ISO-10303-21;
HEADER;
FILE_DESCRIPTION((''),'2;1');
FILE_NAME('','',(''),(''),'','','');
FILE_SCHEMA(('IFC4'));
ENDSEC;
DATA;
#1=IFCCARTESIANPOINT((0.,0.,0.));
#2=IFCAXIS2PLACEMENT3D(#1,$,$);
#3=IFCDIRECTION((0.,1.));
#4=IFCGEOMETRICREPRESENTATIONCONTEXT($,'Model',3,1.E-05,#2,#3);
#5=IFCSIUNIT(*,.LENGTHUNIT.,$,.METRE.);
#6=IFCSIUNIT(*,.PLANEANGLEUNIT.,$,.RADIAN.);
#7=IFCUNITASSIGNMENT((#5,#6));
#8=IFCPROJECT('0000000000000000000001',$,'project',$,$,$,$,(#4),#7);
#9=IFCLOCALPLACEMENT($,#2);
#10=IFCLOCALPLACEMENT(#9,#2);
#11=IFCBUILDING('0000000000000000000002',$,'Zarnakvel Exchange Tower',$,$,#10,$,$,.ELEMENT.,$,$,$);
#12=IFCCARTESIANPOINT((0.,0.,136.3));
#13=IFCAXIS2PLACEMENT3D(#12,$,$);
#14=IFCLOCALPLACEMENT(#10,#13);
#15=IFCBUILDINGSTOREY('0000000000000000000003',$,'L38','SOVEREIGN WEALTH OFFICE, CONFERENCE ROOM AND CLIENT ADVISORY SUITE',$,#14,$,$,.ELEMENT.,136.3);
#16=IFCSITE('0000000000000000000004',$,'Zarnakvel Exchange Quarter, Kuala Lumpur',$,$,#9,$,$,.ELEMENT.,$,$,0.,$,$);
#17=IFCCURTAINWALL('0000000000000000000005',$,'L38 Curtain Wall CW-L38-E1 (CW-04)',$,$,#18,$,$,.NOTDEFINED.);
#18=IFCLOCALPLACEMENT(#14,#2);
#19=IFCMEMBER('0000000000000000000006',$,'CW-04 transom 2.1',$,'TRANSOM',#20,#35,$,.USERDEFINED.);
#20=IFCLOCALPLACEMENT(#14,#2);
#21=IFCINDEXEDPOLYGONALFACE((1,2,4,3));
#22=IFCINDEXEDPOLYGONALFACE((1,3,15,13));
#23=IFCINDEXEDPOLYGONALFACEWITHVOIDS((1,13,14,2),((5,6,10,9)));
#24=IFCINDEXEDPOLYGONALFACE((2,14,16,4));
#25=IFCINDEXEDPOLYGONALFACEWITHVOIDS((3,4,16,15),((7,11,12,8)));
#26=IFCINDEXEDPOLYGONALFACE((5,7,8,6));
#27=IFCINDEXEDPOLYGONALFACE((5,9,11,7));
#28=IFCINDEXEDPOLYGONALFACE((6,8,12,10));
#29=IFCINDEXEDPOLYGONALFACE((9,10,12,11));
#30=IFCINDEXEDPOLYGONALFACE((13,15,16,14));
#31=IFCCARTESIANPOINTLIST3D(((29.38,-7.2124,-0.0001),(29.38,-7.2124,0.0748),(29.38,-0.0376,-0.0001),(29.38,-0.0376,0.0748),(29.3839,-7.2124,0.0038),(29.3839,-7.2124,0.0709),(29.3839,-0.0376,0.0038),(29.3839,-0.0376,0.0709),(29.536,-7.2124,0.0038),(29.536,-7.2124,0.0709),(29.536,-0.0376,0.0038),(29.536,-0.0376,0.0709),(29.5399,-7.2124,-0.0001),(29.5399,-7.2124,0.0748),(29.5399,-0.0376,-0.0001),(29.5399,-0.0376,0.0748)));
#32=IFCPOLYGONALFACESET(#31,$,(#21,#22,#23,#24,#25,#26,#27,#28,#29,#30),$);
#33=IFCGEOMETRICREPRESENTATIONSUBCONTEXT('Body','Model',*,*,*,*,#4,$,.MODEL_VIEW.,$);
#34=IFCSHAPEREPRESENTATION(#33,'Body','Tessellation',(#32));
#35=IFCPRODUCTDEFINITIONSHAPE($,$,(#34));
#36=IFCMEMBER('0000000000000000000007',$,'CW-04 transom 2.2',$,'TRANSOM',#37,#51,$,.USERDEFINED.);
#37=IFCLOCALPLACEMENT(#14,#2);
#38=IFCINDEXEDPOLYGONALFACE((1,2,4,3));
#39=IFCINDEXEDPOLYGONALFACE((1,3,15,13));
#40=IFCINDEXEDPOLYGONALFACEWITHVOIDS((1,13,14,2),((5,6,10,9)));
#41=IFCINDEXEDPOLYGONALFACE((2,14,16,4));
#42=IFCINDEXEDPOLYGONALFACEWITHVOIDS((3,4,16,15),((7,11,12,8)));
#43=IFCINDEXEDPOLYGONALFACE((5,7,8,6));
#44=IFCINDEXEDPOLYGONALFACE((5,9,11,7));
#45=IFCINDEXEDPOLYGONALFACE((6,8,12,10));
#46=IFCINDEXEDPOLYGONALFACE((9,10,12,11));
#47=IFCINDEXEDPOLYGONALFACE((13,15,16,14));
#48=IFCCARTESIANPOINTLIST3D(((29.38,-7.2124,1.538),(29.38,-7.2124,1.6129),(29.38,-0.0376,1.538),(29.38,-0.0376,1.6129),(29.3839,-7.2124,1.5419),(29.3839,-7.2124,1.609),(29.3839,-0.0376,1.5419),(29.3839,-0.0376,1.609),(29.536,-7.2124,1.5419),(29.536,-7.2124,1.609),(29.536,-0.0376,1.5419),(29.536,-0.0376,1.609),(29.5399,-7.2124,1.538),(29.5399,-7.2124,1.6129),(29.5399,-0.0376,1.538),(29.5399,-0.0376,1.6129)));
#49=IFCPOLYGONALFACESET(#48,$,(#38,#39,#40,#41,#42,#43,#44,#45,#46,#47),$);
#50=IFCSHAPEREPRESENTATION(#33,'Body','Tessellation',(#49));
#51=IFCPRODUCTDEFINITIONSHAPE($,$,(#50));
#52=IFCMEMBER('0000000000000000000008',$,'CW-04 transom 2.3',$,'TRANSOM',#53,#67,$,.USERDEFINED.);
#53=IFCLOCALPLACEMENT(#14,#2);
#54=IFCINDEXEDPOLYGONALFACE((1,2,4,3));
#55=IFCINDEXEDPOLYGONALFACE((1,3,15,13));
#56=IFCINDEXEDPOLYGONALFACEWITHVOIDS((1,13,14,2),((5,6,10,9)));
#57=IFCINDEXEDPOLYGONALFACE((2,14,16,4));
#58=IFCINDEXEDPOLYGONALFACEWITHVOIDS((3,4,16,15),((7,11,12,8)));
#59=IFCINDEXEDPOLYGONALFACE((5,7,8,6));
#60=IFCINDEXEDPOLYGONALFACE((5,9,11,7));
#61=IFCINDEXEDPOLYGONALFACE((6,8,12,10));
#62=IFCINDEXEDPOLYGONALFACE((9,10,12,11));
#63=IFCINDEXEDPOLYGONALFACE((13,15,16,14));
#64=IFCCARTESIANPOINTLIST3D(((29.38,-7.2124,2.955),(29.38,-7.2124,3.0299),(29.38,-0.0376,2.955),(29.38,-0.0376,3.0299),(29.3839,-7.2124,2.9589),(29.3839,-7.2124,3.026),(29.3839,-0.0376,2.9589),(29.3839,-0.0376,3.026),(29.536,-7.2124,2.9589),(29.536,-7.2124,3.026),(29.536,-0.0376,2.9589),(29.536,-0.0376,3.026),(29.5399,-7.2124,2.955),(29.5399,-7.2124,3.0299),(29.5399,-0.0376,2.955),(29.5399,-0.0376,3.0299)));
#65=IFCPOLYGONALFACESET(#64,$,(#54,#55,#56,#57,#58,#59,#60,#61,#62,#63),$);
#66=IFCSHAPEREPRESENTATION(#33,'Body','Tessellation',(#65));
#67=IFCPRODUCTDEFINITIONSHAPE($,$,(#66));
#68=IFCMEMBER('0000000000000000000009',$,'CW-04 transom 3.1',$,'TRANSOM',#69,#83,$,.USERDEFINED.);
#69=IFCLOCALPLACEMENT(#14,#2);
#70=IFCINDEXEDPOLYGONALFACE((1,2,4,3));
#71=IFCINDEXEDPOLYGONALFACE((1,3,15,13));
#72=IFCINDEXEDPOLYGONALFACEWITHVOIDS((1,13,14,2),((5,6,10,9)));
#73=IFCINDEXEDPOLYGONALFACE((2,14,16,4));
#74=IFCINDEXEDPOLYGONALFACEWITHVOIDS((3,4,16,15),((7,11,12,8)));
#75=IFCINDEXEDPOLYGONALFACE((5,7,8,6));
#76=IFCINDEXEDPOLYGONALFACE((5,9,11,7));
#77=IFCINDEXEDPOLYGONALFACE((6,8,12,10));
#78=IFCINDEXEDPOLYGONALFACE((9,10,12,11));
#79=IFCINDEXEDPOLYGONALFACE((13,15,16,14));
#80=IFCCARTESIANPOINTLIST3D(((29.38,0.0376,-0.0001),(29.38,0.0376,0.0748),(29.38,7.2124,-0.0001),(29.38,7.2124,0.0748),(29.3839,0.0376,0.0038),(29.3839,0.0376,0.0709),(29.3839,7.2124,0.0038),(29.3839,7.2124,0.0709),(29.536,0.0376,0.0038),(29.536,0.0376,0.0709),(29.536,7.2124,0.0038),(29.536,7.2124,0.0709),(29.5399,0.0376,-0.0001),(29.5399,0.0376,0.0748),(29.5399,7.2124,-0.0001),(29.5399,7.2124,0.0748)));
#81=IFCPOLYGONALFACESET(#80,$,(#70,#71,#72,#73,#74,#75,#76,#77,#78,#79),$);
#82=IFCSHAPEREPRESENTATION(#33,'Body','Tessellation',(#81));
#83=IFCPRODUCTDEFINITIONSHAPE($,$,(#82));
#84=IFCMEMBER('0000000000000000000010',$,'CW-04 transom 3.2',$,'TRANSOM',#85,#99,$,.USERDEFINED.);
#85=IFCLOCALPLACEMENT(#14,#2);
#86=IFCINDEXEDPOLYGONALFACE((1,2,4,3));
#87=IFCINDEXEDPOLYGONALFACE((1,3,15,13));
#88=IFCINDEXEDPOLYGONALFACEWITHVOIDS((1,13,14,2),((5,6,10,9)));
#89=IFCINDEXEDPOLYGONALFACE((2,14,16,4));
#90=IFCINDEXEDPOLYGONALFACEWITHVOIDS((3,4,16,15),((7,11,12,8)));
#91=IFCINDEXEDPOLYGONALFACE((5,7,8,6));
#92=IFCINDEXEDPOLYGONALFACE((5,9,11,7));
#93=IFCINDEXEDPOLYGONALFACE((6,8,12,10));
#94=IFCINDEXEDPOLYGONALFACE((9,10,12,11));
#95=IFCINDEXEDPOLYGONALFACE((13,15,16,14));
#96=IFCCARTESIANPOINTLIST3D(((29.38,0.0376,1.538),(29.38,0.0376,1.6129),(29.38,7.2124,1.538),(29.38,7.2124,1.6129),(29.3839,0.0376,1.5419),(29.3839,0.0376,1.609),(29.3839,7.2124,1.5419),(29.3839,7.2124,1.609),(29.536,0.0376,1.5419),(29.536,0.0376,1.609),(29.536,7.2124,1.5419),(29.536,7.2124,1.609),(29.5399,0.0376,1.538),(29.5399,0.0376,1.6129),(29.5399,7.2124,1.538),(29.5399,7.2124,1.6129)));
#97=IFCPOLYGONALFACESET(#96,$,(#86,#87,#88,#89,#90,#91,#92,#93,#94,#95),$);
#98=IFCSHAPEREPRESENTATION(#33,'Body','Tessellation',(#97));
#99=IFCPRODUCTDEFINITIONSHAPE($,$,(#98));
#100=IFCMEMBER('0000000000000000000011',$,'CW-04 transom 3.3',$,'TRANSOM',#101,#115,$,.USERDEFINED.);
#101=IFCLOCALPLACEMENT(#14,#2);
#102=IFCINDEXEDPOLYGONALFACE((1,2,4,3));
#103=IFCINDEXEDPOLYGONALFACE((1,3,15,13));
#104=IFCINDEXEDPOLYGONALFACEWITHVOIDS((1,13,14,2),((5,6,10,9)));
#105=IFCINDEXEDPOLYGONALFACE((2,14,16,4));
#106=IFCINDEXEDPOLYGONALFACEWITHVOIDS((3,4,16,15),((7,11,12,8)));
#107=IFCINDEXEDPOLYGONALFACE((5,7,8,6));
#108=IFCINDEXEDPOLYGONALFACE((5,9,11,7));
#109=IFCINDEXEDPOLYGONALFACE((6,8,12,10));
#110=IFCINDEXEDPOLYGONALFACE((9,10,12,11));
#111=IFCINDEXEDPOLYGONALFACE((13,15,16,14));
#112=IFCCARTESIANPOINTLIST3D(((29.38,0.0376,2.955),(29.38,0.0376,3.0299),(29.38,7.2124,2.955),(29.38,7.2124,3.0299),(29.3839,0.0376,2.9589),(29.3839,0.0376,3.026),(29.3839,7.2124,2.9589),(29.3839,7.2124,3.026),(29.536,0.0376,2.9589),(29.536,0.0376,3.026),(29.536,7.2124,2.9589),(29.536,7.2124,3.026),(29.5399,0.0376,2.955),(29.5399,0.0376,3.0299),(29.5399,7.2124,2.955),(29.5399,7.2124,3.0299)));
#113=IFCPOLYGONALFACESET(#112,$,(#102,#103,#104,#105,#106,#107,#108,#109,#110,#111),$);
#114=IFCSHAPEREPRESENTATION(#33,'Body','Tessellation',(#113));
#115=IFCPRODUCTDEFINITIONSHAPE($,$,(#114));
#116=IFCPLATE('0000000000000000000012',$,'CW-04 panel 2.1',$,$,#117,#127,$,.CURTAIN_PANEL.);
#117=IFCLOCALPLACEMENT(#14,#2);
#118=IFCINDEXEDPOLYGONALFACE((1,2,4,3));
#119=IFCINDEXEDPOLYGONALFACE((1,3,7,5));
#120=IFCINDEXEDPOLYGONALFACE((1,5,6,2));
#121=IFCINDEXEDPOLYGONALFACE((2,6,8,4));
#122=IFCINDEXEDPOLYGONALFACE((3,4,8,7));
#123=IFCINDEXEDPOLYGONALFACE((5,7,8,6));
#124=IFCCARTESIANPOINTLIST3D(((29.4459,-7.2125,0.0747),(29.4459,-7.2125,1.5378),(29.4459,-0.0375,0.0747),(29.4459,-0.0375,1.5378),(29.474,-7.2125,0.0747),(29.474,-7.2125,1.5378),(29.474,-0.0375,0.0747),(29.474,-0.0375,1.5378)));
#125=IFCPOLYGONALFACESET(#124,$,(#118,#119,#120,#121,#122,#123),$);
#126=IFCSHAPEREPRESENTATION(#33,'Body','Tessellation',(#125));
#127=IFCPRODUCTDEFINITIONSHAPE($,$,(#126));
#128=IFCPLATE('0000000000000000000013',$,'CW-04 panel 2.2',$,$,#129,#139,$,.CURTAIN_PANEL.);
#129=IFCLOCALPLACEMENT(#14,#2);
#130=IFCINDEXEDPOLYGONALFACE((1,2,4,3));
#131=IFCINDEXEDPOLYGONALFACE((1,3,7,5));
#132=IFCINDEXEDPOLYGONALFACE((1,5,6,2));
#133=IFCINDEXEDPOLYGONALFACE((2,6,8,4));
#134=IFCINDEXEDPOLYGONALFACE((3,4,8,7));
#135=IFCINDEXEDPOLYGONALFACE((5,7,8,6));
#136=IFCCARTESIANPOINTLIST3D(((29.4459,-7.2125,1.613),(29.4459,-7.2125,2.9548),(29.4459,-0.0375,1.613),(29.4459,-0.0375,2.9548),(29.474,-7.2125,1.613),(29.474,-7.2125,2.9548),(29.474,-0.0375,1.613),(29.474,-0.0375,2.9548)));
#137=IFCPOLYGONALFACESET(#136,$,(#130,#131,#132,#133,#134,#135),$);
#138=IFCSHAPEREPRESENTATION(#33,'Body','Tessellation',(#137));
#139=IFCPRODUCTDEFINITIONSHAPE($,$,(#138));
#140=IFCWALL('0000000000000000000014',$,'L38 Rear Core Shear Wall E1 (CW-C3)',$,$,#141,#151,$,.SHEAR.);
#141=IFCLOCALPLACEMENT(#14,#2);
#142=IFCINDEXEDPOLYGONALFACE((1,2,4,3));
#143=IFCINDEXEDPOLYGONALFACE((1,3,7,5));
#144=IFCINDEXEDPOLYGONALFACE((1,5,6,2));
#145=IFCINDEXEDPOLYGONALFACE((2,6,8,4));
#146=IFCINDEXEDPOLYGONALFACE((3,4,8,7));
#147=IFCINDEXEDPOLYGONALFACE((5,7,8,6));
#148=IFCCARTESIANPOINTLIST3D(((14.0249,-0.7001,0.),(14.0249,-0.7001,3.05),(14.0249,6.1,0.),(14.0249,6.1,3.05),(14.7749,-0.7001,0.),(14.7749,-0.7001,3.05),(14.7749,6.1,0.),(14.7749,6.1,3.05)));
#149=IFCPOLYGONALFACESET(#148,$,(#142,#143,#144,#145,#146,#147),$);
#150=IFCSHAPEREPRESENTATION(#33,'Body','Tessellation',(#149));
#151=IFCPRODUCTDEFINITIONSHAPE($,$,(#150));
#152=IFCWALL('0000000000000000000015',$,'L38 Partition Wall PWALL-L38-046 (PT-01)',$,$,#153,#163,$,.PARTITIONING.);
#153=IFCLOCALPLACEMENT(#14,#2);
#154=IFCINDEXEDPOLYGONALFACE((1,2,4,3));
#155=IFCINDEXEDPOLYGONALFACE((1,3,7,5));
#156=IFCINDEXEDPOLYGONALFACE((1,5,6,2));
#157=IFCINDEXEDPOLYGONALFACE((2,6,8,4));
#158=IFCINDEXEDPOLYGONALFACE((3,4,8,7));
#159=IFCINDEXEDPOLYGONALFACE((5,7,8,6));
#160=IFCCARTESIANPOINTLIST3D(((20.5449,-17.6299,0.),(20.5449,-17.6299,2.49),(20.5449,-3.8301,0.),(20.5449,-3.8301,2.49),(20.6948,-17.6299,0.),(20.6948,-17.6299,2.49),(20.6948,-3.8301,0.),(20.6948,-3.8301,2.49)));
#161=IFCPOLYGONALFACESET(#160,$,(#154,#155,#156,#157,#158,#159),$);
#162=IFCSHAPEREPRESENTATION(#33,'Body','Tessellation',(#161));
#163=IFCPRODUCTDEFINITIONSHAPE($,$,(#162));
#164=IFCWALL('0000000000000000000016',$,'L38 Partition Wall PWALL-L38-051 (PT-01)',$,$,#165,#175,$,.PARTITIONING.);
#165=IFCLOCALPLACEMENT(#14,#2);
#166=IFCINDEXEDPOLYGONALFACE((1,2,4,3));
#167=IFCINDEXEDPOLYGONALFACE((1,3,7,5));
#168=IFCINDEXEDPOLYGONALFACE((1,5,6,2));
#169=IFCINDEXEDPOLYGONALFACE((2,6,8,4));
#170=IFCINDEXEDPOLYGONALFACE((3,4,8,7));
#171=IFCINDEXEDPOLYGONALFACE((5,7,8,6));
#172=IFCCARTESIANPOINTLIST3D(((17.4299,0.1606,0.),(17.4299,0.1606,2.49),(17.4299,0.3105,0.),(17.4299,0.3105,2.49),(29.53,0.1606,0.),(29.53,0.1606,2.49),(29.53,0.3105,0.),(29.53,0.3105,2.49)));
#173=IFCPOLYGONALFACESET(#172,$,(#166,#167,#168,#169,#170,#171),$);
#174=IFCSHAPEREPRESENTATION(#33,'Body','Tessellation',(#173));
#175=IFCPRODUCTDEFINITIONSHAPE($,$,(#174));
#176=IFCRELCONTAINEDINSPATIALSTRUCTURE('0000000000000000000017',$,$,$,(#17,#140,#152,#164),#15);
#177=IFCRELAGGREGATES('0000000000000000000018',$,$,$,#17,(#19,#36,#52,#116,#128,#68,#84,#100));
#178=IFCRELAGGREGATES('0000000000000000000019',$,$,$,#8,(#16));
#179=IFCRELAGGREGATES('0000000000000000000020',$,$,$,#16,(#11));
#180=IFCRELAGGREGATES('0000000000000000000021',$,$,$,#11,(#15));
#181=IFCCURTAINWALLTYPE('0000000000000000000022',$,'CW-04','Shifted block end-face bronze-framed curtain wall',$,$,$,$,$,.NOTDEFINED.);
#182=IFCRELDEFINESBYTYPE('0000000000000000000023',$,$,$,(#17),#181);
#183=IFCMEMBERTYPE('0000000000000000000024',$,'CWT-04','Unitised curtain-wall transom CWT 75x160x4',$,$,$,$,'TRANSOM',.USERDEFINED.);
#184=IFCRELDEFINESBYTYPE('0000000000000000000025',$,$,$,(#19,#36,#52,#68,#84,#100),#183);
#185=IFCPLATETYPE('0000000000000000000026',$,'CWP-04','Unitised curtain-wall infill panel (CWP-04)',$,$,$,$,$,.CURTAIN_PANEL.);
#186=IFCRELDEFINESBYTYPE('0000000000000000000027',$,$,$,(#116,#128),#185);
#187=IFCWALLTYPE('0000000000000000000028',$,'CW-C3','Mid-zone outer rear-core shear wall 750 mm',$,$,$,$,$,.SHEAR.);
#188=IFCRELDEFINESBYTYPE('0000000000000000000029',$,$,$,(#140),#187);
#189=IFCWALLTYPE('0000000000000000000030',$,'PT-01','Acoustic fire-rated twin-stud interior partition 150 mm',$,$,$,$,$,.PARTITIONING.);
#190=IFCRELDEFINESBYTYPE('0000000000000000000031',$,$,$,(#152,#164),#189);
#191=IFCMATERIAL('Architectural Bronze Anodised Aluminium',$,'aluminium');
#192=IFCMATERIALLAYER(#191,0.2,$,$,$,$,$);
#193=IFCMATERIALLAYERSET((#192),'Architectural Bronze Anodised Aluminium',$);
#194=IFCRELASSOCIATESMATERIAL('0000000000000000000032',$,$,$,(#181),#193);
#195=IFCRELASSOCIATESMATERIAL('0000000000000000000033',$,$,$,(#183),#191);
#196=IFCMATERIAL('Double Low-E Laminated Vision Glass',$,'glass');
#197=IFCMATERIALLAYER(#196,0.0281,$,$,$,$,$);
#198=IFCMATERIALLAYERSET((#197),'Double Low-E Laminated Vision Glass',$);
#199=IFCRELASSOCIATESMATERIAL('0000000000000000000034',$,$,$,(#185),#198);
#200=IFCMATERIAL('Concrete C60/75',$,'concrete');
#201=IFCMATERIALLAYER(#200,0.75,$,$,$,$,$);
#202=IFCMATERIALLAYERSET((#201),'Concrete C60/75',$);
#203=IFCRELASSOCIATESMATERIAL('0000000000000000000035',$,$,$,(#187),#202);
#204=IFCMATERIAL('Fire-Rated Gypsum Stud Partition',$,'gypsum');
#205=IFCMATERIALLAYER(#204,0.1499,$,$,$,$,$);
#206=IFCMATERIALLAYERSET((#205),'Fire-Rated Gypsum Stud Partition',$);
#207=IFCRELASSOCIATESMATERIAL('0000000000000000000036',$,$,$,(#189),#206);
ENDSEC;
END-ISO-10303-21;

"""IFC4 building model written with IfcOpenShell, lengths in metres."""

from ifc_helpers import new_model, si_unit, direction, frame, frame_2d, origin, origin_2d, place, context, subcontext, project, spatial, rectangle, hollow_rectangle, extrude, source, transform, mapped, material, layer, layer_set, material_profile, profile_set, type_object, element, aggregate, save


model = new_model("IFC4")

# Units and contexts
model_context = context("Model", 3, precision=1e-05, world=origin(), true_north=direction((0.0, 1.0)))
body_context = subcontext(model_context, "Body", "Model", "MODEL_VIEW")
ifc_project = project(units=[si_unit("LENGTHUNIT", "METRE"), si_unit("PLANEANGLEUNIT", "RADIAN")], contexts=[model_context])

# Site, building, storey
site_placement = place(None, origin())
site = spatial("IfcSite", under=ifc_project, at=site_placement, Name="Zarnakvel Exchange Quarter, Kuala Lumpur", CompositionType="ELEMENT", RefElevation=0.0)
building_placement = place(site_placement, origin())
building = spatial("IfcBuilding", under=site, at=building_placement, Name="Zarnakvel Exchange Tower", CompositionType="ELEMENT")
storey_placement = place(building_placement, frame((0.0, 0.0, 136.3)))
storey = spatial("IfcBuildingStorey", under=building, at=storey_placement, Name="L38", Description="SOVEREIGN WEALTH OFFICE, CONFERENCE ROOM AND CLIENT ADVISORY SUITE", CompositionType="ELEMENT", Elevation=136.3)

# Shared definitions
ifc_material_1 = material(Name="Concrete C60/75", Category="concrete")

# Curtain wall, members, plates
ifc_material_2 = material(Name="Architectural Bronze Anodised Aluminium", Category="aluminium")
ifc_layer_1 = layer(ifc_material_2, 0.2)
ifc_layer_set_1 = layer_set([ifc_layer_1], Name="Architectural Bronze Anodised Aluminium")
curtain_wall_type = type_object("IfcCurtainWallType", Name="CW-04", Description="Shifted block end-face bronze-framed curtain wall", PredefinedType="NOTDEFINED", material=ifc_layer_set_1)
curtain_wall_placement = place(storey_placement, origin())
curtain_wall = element("IfcCurtainWall", 1, at=curtain_wall_placement, inside=storey, type_object=curtain_wall_type, Name="L38 Curtain Wall CW-L38-E1 (CW-04)", PredefinedType="NOTDEFINED")
ifc_material_profile_1 = material_profile(ifc_material_2, hollow_rectangle(XDim=0.1599, YDim=0.075, WallThickness=0.0039, at=origin_2d()))
ifc_profile_set_1 = profile_set([ifc_material_profile_1], Name="Architectural Bronze Anodised Aluminium")
member_type_1 = type_object("IfcMemberType", Name="CWT-04", Description="Unitised curtain-wall transom CWT 75x160x4", ElementType="TRANSOM", PredefinedType="USERDEFINED", material=ifc_profile_set_1)
shared_shape_1 = source(origin(), body_context, "Body", "SweptSolid", [
    extrude(hollow_rectangle(XDim=0.1599, YDim=0.075, WallThickness=0.0039, at=origin_2d()), origin(), (0.0, 0.0, 1.0), 7.1748),
])
member_1_placement = place(storey_placement, frame((29.46, -7.2124, 0.0374), z_axis=(0.0, 1.0, 0.0), x_axis=(-1.0, 0.0, 0.0)))
member_1 = element("IfcMember", 2, at=member_1_placement, type_object=member_type_1, Name="CW-04 transom 2.1", ObjectType="TRANSOM", PredefinedType="USERDEFINED", context=body_context, shape_type="MappedRepresentation", body=[
    mapped(shared_shape_1, transform((0.0, 0.0, 0.0), x_axis=(1.0, 0.0, 0.0), y_axis=(0.0, 1.0, 0.0), z_axis=(0.0, 0.0, 1.0), scale=1.0)),
])
member_2_placement = place(storey_placement, frame((29.46, -7.2124, 1.5754), z_axis=(0.0, 1.0, 0.0), x_axis=(-1.0, 0.0, 0.0)))
member_2 = element("IfcMember", 3, at=member_2_placement, type_object=member_type_1, Name="CW-04 transom 2.2", ObjectType="TRANSOM", PredefinedType="USERDEFINED", context=body_context, shape_type="MappedRepresentation", body=[
    mapped(shared_shape_1, transform((0.0, 0.0, 0.0), x_axis=(1.0, 0.0, 0.0), y_axis=(0.0, 1.0, 0.0), z_axis=(0.0, 0.0, 1.0), scale=1.0)),
])
member_3_placement = place(storey_placement, frame((29.46, -7.2124, 2.9924), z_axis=(0.0, 1.0, 0.0), x_axis=(-1.0, 0.0, 0.0)))
member_3 = element("IfcMember", 4, at=member_3_placement, type_object=member_type_1, Name="CW-04 transom 2.3", ObjectType="TRANSOM", PredefinedType="USERDEFINED", context=body_context, shape_type="MappedRepresentation", body=[
    mapped(shared_shape_1, transform((0.0, 0.0, 0.0), x_axis=(1.0, 0.0, 0.0), y_axis=(0.0, 1.0, 0.0), z_axis=(0.0, 0.0, 1.0), scale=1.0)),
])
member_4_placement = place(storey_placement, frame((29.46, 0.0376, 0.0374), z_axis=(0.0, 1.0, 0.0), x_axis=(-1.0, 0.0, 0.0)))
member_4 = element("IfcMember", 5, at=member_4_placement, type_object=member_type_1, Name="CW-04 transom 3.1", ObjectType="TRANSOM", PredefinedType="USERDEFINED", context=body_context, shape_type="MappedRepresentation", body=[
    mapped(shared_shape_1, transform((0.0, 0.0, 0.0), x_axis=(1.0, 0.0, 0.0), y_axis=(0.0, 1.0, 0.0), z_axis=(0.0, 0.0, 1.0), scale=1.0)),
])
member_5_placement = place(storey_placement, frame((29.46, 0.0376, 1.5754), z_axis=(0.0, 1.0, 0.0), x_axis=(-1.0, 0.0, 0.0)))
member_5 = element("IfcMember", 6, at=member_5_placement, type_object=member_type_1, Name="CW-04 transom 3.2", ObjectType="TRANSOM", PredefinedType="USERDEFINED", context=body_context, shape_type="MappedRepresentation", body=[
    mapped(shared_shape_1, transform((0.0, 0.0, 0.0), x_axis=(1.0, 0.0, 0.0), y_axis=(0.0, 1.0, 0.0), z_axis=(0.0, 0.0, 1.0), scale=1.0)),
])
member_6_placement = place(storey_placement, frame((29.46, 0.0376, 2.9924), z_axis=(0.0, 1.0, 0.0), x_axis=(-1.0, 0.0, 0.0)))
member_6 = element("IfcMember", 7, at=member_6_placement, type_object=member_type_1, Name="CW-04 transom 3.3", ObjectType="TRANSOM", PredefinedType="USERDEFINED", context=body_context, shape_type="MappedRepresentation", body=[
    mapped(shared_shape_1, transform((0.0, 0.0, 0.0), x_axis=(1.0, 0.0, 0.0), y_axis=(0.0, 1.0, 0.0), z_axis=(0.0, 0.0, 1.0), scale=1.0)),
])
ifc_material_3 = material(Name="Double Low-E Laminated Vision Glass", Category="glass")
ifc_layer_2 = layer(ifc_material_3, 0.0281)
ifc_layer_set_2 = layer_set([ifc_layer_2], Name="Double Low-E Laminated Vision Glass")
plate_type = type_object("IfcPlateType", Name="CWP-04", Description="Unitised curtain-wall infill panel (CWP-04)", PredefinedType="CURTAIN_PANEL", material=ifc_layer_set_2)
shared_shape_2 = source(origin(), body_context, "Body", "SweptSolid", [
    extrude(rectangle(XDim=7.175, YDim=0.0281, at=origin_2d()), origin(), (0.0, 0.0, 1.0), 1.4631),
])
plate_1_placement = place(storey_placement, frame((29.46, -3.625, 0.0747), z_axis=(0.0, 0.0, 1.0), x_axis=(0.0, 1.0, 0.0)))
plate_1 = element("IfcPlate", 8, at=plate_1_placement, type_object=plate_type, Name="CW-04 panel 2.1", PredefinedType="CURTAIN_PANEL", context=body_context, shape_type="MappedRepresentation", body=[
    mapped(shared_shape_2, transform((0.0, 0.0, 0.0), x_axis=(1.0, 0.0, 0.0), y_axis=(0.0, 1.0, 0.0), z_axis=(0.0, 0.0, 1.0), scale=1.0)),
])
shared_shape_3 = source(origin(), body_context, "Body", "SweptSolid", [
    extrude(rectangle(XDim=7.175, YDim=0.0281, at=origin_2d()), origin(), (0.0, 0.0, 1.0), 1.3418),
])
plate_2_placement = place(storey_placement, frame((29.46, -3.625, 1.613), z_axis=(0.0, 0.0, 1.0), x_axis=(0.0, 1.0, 0.0)))
plate_2 = element("IfcPlate", 9, at=plate_2_placement, type_object=plate_type, Name="CW-04 panel 2.2", PredefinedType="CURTAIN_PANEL", context=body_context, shape_type="MappedRepresentation", body=[
    mapped(shared_shape_3, transform((0.0, 0.0, 0.0), x_axis=(1.0, 0.0, 0.0), y_axis=(0.0, 1.0, 0.0), z_axis=(0.0, 0.0, 1.0), scale=1.0)),
])
aggregate(curtain_wall, [member_1, member_2, member_3, plate_1, plate_2, member_4, member_5, member_6])

# Walls
ifc_layer_3 = layer(ifc_material_1, 0.75)
ifc_layer_set_3 = layer_set([ifc_layer_3], Name="Concrete C60/75")
wall_type_1 = type_object("IfcWallType", Name="CW-C3", Description="Mid-zone outer rear-core shear wall 750 mm", PredefinedType="SHEAR", material=ifc_layer_set_3)
wall_1_placement = place(storey_placement, frame((14.3999, -0.7, 0.0), z_axis=(0.0, 0.0, 1.0), x_axis=(0.0, 1.0, 0.0)))
element("IfcWall", 10, at=wall_1_placement, inside=storey, type_object=wall_type_1, Name="L38 Rear Core Shear Wall E1 (CW-C3)", PredefinedType="SHEAR", context=body_context, shape_type="SweptSolid", body=[
    extrude(rectangle(XDim=6.8, YDim=0.75, at=frame_2d((3.3999, 0.0))), origin(), (0.0, 0.0, 1.0), 3.05),
])
ifc_material_4 = material(Name="Fire-Rated Gypsum Stud Partition", Category="gypsum")
ifc_layer_4 = layer(ifc_material_4, 0.1499)
ifc_layer_set_4 = layer_set([ifc_layer_4], Name="Fire-Rated Gypsum Stud Partition")
wall_type_2 = type_object("IfcWallType", Name="PT-01", Description="Acoustic fire-rated twin-stud interior partition 150 mm", PredefinedType="PARTITIONING", material=ifc_layer_set_4)
wall_2_placement = place(storey_placement, frame((20.6199, -3.8301, 0.0), z_axis=(0.0, 0.0, 1.0), x_axis=(0.0, -1.0, 0.0)))
element("IfcWall", 11, at=wall_2_placement, inside=storey, type_object=wall_type_2, Name="L38 Partition Wall PWALL-L38-046 (PT-01)", PredefinedType="PARTITIONING", context=body_context, shape_type="SweptSolid", body=[
    extrude(rectangle(XDim=13.7998, YDim=0.1499, at=frame_2d((6.8999, 0.0))), origin(), (0.0, 0.0, 1.0), 2.49),
])
wall_3_placement = place(storey_placement, frame((29.53, 0.2356, 0.0), z_axis=(0.0, 0.0, 1.0), x_axis=(-1.0, 0.0, 0.0)))
element("IfcWall", 12, at=wall_3_placement, inside=storey, type_object=wall_type_2, Name="L38 Partition Wall PWALL-L38-051 (PT-01)", PredefinedType="PARTITIONING", context=body_context, shape_type="SweptSolid", body=[
    extrude(rectangle(XDim=12.1001, YDim=0.1499, at=frame_2d((6.05, 0.0))), origin(), (0.0, 0.0, 1.0), 2.49),
])

save(model, "model.ifc")
